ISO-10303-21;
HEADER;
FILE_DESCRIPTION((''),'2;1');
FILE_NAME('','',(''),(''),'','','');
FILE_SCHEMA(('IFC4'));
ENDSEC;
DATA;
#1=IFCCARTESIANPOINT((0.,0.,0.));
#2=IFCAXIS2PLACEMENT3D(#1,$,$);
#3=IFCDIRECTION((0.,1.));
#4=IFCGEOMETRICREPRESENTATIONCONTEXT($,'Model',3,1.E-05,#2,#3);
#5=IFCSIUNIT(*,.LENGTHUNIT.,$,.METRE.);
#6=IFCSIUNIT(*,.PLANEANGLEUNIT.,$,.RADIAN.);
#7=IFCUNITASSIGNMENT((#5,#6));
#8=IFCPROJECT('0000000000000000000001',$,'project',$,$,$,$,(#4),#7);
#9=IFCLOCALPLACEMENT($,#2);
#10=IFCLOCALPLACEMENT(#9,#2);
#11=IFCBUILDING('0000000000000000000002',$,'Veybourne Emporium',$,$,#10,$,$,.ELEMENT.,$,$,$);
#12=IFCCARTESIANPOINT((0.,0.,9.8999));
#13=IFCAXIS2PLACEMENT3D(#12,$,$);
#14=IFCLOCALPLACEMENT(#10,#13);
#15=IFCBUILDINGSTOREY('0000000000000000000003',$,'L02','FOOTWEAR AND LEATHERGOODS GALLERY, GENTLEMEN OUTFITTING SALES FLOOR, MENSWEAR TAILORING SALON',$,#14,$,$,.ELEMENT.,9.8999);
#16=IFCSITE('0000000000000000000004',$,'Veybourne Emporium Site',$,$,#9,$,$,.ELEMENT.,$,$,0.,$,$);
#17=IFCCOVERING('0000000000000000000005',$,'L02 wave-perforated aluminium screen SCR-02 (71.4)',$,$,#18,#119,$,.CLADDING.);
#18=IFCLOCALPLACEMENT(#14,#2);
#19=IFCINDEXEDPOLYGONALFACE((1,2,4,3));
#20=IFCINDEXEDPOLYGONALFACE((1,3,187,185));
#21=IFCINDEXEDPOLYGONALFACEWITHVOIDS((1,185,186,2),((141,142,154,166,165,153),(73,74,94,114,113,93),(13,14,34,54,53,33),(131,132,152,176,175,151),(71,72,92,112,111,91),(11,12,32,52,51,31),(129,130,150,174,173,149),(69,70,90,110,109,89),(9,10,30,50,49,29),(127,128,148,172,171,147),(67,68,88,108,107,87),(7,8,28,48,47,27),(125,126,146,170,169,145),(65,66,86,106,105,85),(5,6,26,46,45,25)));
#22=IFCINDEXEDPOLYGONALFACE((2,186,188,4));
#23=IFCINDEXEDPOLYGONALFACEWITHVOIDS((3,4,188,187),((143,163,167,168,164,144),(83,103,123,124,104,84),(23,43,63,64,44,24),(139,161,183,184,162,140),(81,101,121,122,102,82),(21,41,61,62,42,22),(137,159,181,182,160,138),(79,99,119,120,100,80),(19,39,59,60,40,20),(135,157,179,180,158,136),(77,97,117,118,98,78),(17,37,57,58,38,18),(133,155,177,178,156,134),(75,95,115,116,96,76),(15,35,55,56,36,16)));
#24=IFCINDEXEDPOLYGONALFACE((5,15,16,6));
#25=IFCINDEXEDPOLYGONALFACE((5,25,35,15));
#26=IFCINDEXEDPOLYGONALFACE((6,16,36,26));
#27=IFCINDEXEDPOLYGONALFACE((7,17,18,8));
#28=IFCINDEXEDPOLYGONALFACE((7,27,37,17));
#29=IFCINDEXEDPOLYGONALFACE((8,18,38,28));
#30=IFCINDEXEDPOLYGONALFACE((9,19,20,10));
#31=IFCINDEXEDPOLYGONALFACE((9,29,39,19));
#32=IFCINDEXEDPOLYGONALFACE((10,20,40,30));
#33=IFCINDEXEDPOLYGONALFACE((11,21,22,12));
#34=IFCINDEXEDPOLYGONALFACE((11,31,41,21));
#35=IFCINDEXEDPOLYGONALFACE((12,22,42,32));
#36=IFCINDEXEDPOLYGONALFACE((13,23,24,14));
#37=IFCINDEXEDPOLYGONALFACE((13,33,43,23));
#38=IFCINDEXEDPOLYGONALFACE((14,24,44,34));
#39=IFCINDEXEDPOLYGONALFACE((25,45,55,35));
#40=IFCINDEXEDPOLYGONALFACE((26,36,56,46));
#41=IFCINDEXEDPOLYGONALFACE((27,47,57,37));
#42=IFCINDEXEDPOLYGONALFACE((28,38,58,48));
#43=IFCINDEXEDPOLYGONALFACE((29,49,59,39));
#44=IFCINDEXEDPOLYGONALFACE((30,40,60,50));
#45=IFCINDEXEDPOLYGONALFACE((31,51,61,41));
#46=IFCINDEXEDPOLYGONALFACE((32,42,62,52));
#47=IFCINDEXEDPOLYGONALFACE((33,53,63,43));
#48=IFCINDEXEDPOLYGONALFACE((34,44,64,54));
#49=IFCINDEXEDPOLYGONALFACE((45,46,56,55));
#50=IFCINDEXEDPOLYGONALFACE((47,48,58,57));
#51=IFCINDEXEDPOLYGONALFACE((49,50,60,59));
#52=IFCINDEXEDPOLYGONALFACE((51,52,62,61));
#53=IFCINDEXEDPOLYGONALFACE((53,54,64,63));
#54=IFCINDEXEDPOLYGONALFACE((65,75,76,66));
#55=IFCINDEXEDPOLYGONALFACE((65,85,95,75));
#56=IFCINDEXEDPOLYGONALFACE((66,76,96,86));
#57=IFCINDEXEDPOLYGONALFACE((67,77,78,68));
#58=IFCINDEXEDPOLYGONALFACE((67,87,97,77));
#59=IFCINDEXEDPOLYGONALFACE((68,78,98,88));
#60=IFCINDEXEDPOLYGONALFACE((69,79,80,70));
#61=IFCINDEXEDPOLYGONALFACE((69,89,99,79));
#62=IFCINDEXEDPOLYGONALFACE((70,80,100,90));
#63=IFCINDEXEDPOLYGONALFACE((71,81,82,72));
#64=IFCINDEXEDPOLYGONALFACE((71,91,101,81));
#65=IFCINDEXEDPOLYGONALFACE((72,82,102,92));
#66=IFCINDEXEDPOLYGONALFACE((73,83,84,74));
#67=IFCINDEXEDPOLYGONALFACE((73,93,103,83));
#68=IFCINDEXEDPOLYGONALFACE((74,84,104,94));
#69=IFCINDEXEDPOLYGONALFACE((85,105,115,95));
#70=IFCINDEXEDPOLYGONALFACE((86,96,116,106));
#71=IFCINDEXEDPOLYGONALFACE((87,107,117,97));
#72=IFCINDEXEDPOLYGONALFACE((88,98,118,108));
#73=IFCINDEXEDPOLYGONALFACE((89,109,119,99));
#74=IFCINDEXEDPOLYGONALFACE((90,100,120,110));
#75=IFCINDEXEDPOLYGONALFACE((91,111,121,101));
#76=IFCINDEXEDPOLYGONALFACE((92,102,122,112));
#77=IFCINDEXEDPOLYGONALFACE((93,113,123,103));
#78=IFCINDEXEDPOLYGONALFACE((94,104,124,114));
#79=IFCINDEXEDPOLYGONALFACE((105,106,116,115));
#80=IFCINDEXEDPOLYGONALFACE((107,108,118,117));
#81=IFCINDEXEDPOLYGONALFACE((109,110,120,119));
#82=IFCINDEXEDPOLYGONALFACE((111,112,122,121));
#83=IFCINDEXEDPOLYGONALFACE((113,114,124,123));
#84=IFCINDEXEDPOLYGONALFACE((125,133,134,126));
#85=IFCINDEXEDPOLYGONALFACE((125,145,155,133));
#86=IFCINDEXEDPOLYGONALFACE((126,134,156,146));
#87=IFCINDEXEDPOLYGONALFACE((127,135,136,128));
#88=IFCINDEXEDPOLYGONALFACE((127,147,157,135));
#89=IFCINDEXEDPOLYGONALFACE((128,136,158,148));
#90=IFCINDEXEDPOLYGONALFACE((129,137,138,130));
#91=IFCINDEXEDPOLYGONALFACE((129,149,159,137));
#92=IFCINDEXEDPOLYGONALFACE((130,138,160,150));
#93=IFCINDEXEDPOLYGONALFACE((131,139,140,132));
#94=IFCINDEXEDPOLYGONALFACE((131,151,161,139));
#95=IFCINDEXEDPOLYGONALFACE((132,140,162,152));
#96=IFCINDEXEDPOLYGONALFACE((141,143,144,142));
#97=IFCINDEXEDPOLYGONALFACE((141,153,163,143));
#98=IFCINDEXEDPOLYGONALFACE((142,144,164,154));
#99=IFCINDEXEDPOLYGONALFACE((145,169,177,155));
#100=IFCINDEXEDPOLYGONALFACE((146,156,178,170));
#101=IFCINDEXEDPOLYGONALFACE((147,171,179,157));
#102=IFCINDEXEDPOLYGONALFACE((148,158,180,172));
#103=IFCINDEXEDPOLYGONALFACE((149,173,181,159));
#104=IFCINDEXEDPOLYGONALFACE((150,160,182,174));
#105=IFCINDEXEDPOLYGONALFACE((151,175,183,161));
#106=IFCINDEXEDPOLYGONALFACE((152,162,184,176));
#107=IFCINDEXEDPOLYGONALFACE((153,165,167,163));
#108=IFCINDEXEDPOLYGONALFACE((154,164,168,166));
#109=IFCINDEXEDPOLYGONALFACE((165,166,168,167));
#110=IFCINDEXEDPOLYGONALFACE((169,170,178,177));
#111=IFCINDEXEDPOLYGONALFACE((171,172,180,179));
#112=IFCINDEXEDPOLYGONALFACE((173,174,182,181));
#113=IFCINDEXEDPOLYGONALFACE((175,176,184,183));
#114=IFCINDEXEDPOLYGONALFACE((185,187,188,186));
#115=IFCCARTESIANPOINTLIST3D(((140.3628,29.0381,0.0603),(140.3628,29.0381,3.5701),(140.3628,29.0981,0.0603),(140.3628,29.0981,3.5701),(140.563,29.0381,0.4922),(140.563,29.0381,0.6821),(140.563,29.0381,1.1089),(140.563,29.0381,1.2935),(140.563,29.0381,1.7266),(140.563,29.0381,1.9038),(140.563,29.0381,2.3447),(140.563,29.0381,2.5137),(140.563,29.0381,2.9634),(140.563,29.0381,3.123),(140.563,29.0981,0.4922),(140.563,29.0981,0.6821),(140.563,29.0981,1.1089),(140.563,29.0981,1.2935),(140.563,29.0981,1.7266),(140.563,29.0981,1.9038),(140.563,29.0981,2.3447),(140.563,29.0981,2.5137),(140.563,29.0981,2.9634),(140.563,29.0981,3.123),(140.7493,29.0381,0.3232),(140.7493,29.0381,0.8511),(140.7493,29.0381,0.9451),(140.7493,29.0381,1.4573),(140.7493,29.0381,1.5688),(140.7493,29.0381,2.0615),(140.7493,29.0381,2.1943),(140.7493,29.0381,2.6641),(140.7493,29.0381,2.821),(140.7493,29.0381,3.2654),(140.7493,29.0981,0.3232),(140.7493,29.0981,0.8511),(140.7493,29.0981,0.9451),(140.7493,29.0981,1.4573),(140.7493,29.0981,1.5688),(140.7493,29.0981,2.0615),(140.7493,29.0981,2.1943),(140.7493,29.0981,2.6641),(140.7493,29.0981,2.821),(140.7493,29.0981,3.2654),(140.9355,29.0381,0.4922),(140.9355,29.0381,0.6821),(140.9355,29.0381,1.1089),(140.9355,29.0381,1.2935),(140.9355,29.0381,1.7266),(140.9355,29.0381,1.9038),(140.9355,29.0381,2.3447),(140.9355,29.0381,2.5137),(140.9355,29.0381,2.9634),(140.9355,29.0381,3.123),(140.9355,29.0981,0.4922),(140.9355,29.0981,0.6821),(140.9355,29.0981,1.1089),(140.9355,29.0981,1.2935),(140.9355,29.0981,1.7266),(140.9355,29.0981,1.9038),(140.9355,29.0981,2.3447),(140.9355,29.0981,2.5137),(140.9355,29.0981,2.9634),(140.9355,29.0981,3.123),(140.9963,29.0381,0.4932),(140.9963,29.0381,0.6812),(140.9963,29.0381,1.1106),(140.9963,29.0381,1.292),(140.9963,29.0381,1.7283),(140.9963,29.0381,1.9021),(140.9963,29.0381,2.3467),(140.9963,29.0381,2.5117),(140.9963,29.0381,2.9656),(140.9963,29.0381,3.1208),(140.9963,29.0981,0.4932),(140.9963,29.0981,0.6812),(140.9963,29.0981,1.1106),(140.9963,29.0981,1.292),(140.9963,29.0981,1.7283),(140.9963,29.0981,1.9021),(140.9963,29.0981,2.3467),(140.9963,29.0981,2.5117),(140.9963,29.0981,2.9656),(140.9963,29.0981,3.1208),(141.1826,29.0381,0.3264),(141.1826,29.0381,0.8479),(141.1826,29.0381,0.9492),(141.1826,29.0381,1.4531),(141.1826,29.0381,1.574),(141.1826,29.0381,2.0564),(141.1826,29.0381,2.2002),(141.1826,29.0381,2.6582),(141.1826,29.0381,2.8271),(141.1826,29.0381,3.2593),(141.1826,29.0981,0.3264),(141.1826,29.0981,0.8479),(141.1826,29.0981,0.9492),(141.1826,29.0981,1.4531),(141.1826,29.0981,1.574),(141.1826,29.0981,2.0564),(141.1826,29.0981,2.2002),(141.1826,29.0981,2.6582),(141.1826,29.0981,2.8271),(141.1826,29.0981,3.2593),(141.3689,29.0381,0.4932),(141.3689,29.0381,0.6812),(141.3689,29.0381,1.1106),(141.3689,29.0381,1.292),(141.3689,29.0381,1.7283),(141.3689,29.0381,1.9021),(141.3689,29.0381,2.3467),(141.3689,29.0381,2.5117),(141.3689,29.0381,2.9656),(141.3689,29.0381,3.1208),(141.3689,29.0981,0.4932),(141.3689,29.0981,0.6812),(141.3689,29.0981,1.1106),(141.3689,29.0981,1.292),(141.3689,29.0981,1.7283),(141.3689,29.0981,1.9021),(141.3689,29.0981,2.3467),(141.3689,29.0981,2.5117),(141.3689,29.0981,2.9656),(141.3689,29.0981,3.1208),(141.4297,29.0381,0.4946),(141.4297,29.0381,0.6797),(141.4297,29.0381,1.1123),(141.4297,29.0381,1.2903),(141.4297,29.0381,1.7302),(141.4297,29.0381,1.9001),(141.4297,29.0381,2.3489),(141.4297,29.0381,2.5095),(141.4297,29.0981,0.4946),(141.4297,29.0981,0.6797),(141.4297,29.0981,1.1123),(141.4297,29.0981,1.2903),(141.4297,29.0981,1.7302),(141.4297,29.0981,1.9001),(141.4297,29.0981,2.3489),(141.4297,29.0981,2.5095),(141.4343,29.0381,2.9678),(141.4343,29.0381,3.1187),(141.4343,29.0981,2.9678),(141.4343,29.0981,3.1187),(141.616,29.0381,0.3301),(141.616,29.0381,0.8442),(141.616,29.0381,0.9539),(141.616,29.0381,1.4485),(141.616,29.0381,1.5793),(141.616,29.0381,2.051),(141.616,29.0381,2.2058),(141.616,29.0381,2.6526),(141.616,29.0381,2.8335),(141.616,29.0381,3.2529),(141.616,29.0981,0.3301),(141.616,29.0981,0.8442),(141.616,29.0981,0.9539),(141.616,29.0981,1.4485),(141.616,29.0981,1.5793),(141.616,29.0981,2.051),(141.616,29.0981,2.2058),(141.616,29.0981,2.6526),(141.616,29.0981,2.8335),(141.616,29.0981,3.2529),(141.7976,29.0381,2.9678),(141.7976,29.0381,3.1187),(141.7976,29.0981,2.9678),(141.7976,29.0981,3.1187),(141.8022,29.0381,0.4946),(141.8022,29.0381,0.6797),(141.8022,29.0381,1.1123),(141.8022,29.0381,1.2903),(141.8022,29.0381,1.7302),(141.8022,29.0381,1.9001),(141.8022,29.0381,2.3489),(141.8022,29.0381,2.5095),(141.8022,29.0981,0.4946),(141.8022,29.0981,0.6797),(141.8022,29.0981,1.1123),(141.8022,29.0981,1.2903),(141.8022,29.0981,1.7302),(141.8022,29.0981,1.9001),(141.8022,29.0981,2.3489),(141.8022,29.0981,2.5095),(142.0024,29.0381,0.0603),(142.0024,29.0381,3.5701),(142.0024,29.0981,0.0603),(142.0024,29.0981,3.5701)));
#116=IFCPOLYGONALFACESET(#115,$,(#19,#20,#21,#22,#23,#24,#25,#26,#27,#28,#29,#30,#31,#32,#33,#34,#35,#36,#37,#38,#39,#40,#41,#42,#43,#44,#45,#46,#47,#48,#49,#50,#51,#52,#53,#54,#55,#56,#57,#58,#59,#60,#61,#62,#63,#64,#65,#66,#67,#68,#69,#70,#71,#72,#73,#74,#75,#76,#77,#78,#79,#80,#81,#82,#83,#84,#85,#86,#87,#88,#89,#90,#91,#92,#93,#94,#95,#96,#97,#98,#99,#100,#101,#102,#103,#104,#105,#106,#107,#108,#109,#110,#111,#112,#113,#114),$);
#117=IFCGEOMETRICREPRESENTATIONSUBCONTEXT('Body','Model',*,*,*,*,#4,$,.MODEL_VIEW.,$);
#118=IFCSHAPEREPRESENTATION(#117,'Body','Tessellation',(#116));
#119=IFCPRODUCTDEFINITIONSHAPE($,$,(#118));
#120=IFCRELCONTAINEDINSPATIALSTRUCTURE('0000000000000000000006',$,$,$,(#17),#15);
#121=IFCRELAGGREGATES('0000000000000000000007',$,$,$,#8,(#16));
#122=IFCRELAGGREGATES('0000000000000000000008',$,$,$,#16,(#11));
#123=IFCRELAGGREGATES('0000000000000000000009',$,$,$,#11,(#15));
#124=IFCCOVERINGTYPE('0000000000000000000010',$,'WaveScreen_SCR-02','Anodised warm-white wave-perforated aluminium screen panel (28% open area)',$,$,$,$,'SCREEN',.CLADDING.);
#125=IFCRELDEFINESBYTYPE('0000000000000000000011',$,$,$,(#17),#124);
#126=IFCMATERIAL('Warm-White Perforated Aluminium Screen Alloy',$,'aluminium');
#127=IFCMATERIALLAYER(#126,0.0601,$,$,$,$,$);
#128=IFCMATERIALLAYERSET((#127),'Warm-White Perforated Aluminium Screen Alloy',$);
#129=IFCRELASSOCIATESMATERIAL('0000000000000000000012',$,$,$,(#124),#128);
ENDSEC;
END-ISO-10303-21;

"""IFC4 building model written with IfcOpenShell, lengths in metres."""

from ifc_helpers import new_model, si_unit, direction, frame, origin, place, context, subcontext, project, spatial, polyline, outline, extrude, material, layer, layer_set, type_object, element, save


model = new_model("IFC4")

# Units and contexts
model_context = context("Model", 3, precision=1e-05, world=origin(), true_north=direction((0.0, 1.0)))
body_context = subcontext(model_context, "Body", "Model", "MODEL_VIEW")
ifc_project = project(units=[si_unit("LENGTHUNIT", "METRE"), si_unit("PLANEANGLEUNIT", "RADIAN")], contexts=[model_context])

# Site, building, storey
site_placement = place(None, origin())
site = spatial("IfcSite", under=ifc_project, at=site_placement, Name="Veybourne Emporium Site", CompositionType="ELEMENT", RefElevation=0.0)
building_placement = place(site_placement, origin())
building = spatial("IfcBuilding", under=site, at=building_placement, Name="Veybourne Emporium", CompositionType="ELEMENT")
storey_placement = place(building_placement, frame((0.0, 0.0, 9.8999)))
storey = spatial("IfcBuildingStorey", under=building, at=storey_placement, Name="L02", Description="FOOTWEAR AND LEATHERGOODS GALLERY, GENTLEMEN OUTFITTING SALES FLOOR, MENSWEAR TAILORING SALON", CompositionType="ELEMENT", Elevation=9.8999)

# Covering
ifc_material_1 = material(Name="Warm-White Perforated Aluminium Screen Alloy", Category="aluminium")
ifc_layer_1 = layer(ifc_material_1, 0.0601)
ifc_layer_set_1 = layer_set([ifc_layer_1], Name="Warm-White Perforated Aluminium Screen Alloy")
covering_type_1 = type_object("IfcCoveringType", Name="WaveScreen_SCR-02", Description="Anodised warm-white wave-perforated aluminium screen panel (28% open area)", ElementType="SCREEN", PredefinedType="CLADDING", material=ifc_layer_set_1)
covering_1_placement = place(storey_placement, frame((141.1826, 29.0981, 1.8152), z_axis=(0.0, -1.0, 0.0), x_axis=(1.0, 0.0, 0.0)))
element("IfcCovering", 1, at=covering_1_placement, inside=storey, type_object=covering_type_1, Name="L02 wave-perforated aluminium screen SCR-02 (71.4)", PredefinedType="CLADDING", context=body_context, shape_type="SweptSolid", body=[
    extrude(outline(polyline([(-0.8198, -1.7549), (0.8198, -1.7549), (0.8198, 1.7549), (-0.8198, 1.7549), (-0.8198, -1.7549)]), holes=[polyline([(-0.4333, -0.9641), (-0.2471, -1.1331), (-0.2471, -1.323), (-0.4333, -1.4919), (-0.6196, -1.323), (-0.6196, -1.1331), (-0.4333, -0.9641)]), polyline([(-0.4333, -0.3579), (-0.2471, -0.5217), (-0.2471, -0.7063), (-0.4333, -0.8701), (-0.6196, -0.7063), (-0.6196, -0.5217), (-0.4333, -0.3579)]), polyline([(-0.4333, 0.2463), (-0.2471, 0.0886), (-0.2471, -0.0886), (-0.4333, -0.2463), (-0.6196, -0.0886), (-0.6196, 0.0886), (-0.4333, 0.2463)]), polyline([(-0.4333, 0.8489), (-0.2471, 0.6985), (-0.2471, 0.5295), (-0.4333, 0.3792), (-0.6196, 0.5295), (-0.6196, 0.6985), (-0.4333, 0.8489)]), polyline([(-0.4333, 1.4502), (-0.2471, 1.3079), (-0.2471, 1.1482), (-0.4333, 1.0059), (-0.6196, 1.1482), (-0.6196, 1.3079), (-0.4333, 1.4502)]), polyline([(0.0, -0.9673), (0.1863, -1.134), (0.1863, -1.322), (0.0, -1.4888), (-0.1863, -1.322), (-0.1863, -1.134), (0.0, -0.9673)]), polyline([(0.0, -0.3621), (0.1863, -0.5232), (0.1863, -0.7046), (0.0, -0.866), (-0.1863, -0.7046), (-0.1863, -0.5232), (0.0, -0.3621)]), polyline([(0.0, 0.2412), (0.1863, 0.0869), (0.1863, -0.0869), (0.0, -0.2412), (-0.1863, -0.0869), (-0.1863, 0.0869), (0.0, 0.2412)]), polyline([(0.0, 0.843), (0.1863, 0.6965), (0.1863, 0.5315), (0.0, 0.385), (-0.1863, 0.5315), (-0.1863, 0.6965), (0.0, 0.843)]), polyline([(0.0, 1.4441), (0.1863, 1.3057), (0.1863, 1.1504), (0.0, 1.012), (-0.1863, 1.1504), (-0.1863, 1.3057), (0.0, 1.4441)]), polyline([(0.4333, -0.9709), (0.6196, -1.1355), (0.6196, -1.3206), (0.4333, -1.4851), (0.2471, -1.3206), (0.2471, -1.1355), (0.4333, -0.9709)]), polyline([(0.4333, -0.3667), (0.6196, -0.5249), (0.6196, -0.7029), (0.4333, -0.8613), (0.2471, -0.7029), (0.2471, -0.5249), (0.4333, -0.3667)]), polyline([(0.4333, 0.2358), (0.6196, 0.085), (0.6196, -0.085), (0.4333, -0.2358), (0.2471, -0.085), (0.2471, 0.085), (0.4333, 0.2358)]), polyline([(0.4333, 0.8374), (0.6196, 0.6943), (0.6196, 0.5337), (0.4333, 0.3906), (0.2471, 0.5337), (0.2471, 0.6943), (0.4333, 0.8374)]), polyline([(0.4333, 1.4377), (0.615, 1.3035), (0.615, 1.1526), (0.4333, 1.0183), (0.2517, 1.1526), (0.2517, 1.3035), (0.4333, 1.4377)])]), origin(), (0.0, 0.0, 1.0), 0.0601),
])

save(model, "model.ifc")
